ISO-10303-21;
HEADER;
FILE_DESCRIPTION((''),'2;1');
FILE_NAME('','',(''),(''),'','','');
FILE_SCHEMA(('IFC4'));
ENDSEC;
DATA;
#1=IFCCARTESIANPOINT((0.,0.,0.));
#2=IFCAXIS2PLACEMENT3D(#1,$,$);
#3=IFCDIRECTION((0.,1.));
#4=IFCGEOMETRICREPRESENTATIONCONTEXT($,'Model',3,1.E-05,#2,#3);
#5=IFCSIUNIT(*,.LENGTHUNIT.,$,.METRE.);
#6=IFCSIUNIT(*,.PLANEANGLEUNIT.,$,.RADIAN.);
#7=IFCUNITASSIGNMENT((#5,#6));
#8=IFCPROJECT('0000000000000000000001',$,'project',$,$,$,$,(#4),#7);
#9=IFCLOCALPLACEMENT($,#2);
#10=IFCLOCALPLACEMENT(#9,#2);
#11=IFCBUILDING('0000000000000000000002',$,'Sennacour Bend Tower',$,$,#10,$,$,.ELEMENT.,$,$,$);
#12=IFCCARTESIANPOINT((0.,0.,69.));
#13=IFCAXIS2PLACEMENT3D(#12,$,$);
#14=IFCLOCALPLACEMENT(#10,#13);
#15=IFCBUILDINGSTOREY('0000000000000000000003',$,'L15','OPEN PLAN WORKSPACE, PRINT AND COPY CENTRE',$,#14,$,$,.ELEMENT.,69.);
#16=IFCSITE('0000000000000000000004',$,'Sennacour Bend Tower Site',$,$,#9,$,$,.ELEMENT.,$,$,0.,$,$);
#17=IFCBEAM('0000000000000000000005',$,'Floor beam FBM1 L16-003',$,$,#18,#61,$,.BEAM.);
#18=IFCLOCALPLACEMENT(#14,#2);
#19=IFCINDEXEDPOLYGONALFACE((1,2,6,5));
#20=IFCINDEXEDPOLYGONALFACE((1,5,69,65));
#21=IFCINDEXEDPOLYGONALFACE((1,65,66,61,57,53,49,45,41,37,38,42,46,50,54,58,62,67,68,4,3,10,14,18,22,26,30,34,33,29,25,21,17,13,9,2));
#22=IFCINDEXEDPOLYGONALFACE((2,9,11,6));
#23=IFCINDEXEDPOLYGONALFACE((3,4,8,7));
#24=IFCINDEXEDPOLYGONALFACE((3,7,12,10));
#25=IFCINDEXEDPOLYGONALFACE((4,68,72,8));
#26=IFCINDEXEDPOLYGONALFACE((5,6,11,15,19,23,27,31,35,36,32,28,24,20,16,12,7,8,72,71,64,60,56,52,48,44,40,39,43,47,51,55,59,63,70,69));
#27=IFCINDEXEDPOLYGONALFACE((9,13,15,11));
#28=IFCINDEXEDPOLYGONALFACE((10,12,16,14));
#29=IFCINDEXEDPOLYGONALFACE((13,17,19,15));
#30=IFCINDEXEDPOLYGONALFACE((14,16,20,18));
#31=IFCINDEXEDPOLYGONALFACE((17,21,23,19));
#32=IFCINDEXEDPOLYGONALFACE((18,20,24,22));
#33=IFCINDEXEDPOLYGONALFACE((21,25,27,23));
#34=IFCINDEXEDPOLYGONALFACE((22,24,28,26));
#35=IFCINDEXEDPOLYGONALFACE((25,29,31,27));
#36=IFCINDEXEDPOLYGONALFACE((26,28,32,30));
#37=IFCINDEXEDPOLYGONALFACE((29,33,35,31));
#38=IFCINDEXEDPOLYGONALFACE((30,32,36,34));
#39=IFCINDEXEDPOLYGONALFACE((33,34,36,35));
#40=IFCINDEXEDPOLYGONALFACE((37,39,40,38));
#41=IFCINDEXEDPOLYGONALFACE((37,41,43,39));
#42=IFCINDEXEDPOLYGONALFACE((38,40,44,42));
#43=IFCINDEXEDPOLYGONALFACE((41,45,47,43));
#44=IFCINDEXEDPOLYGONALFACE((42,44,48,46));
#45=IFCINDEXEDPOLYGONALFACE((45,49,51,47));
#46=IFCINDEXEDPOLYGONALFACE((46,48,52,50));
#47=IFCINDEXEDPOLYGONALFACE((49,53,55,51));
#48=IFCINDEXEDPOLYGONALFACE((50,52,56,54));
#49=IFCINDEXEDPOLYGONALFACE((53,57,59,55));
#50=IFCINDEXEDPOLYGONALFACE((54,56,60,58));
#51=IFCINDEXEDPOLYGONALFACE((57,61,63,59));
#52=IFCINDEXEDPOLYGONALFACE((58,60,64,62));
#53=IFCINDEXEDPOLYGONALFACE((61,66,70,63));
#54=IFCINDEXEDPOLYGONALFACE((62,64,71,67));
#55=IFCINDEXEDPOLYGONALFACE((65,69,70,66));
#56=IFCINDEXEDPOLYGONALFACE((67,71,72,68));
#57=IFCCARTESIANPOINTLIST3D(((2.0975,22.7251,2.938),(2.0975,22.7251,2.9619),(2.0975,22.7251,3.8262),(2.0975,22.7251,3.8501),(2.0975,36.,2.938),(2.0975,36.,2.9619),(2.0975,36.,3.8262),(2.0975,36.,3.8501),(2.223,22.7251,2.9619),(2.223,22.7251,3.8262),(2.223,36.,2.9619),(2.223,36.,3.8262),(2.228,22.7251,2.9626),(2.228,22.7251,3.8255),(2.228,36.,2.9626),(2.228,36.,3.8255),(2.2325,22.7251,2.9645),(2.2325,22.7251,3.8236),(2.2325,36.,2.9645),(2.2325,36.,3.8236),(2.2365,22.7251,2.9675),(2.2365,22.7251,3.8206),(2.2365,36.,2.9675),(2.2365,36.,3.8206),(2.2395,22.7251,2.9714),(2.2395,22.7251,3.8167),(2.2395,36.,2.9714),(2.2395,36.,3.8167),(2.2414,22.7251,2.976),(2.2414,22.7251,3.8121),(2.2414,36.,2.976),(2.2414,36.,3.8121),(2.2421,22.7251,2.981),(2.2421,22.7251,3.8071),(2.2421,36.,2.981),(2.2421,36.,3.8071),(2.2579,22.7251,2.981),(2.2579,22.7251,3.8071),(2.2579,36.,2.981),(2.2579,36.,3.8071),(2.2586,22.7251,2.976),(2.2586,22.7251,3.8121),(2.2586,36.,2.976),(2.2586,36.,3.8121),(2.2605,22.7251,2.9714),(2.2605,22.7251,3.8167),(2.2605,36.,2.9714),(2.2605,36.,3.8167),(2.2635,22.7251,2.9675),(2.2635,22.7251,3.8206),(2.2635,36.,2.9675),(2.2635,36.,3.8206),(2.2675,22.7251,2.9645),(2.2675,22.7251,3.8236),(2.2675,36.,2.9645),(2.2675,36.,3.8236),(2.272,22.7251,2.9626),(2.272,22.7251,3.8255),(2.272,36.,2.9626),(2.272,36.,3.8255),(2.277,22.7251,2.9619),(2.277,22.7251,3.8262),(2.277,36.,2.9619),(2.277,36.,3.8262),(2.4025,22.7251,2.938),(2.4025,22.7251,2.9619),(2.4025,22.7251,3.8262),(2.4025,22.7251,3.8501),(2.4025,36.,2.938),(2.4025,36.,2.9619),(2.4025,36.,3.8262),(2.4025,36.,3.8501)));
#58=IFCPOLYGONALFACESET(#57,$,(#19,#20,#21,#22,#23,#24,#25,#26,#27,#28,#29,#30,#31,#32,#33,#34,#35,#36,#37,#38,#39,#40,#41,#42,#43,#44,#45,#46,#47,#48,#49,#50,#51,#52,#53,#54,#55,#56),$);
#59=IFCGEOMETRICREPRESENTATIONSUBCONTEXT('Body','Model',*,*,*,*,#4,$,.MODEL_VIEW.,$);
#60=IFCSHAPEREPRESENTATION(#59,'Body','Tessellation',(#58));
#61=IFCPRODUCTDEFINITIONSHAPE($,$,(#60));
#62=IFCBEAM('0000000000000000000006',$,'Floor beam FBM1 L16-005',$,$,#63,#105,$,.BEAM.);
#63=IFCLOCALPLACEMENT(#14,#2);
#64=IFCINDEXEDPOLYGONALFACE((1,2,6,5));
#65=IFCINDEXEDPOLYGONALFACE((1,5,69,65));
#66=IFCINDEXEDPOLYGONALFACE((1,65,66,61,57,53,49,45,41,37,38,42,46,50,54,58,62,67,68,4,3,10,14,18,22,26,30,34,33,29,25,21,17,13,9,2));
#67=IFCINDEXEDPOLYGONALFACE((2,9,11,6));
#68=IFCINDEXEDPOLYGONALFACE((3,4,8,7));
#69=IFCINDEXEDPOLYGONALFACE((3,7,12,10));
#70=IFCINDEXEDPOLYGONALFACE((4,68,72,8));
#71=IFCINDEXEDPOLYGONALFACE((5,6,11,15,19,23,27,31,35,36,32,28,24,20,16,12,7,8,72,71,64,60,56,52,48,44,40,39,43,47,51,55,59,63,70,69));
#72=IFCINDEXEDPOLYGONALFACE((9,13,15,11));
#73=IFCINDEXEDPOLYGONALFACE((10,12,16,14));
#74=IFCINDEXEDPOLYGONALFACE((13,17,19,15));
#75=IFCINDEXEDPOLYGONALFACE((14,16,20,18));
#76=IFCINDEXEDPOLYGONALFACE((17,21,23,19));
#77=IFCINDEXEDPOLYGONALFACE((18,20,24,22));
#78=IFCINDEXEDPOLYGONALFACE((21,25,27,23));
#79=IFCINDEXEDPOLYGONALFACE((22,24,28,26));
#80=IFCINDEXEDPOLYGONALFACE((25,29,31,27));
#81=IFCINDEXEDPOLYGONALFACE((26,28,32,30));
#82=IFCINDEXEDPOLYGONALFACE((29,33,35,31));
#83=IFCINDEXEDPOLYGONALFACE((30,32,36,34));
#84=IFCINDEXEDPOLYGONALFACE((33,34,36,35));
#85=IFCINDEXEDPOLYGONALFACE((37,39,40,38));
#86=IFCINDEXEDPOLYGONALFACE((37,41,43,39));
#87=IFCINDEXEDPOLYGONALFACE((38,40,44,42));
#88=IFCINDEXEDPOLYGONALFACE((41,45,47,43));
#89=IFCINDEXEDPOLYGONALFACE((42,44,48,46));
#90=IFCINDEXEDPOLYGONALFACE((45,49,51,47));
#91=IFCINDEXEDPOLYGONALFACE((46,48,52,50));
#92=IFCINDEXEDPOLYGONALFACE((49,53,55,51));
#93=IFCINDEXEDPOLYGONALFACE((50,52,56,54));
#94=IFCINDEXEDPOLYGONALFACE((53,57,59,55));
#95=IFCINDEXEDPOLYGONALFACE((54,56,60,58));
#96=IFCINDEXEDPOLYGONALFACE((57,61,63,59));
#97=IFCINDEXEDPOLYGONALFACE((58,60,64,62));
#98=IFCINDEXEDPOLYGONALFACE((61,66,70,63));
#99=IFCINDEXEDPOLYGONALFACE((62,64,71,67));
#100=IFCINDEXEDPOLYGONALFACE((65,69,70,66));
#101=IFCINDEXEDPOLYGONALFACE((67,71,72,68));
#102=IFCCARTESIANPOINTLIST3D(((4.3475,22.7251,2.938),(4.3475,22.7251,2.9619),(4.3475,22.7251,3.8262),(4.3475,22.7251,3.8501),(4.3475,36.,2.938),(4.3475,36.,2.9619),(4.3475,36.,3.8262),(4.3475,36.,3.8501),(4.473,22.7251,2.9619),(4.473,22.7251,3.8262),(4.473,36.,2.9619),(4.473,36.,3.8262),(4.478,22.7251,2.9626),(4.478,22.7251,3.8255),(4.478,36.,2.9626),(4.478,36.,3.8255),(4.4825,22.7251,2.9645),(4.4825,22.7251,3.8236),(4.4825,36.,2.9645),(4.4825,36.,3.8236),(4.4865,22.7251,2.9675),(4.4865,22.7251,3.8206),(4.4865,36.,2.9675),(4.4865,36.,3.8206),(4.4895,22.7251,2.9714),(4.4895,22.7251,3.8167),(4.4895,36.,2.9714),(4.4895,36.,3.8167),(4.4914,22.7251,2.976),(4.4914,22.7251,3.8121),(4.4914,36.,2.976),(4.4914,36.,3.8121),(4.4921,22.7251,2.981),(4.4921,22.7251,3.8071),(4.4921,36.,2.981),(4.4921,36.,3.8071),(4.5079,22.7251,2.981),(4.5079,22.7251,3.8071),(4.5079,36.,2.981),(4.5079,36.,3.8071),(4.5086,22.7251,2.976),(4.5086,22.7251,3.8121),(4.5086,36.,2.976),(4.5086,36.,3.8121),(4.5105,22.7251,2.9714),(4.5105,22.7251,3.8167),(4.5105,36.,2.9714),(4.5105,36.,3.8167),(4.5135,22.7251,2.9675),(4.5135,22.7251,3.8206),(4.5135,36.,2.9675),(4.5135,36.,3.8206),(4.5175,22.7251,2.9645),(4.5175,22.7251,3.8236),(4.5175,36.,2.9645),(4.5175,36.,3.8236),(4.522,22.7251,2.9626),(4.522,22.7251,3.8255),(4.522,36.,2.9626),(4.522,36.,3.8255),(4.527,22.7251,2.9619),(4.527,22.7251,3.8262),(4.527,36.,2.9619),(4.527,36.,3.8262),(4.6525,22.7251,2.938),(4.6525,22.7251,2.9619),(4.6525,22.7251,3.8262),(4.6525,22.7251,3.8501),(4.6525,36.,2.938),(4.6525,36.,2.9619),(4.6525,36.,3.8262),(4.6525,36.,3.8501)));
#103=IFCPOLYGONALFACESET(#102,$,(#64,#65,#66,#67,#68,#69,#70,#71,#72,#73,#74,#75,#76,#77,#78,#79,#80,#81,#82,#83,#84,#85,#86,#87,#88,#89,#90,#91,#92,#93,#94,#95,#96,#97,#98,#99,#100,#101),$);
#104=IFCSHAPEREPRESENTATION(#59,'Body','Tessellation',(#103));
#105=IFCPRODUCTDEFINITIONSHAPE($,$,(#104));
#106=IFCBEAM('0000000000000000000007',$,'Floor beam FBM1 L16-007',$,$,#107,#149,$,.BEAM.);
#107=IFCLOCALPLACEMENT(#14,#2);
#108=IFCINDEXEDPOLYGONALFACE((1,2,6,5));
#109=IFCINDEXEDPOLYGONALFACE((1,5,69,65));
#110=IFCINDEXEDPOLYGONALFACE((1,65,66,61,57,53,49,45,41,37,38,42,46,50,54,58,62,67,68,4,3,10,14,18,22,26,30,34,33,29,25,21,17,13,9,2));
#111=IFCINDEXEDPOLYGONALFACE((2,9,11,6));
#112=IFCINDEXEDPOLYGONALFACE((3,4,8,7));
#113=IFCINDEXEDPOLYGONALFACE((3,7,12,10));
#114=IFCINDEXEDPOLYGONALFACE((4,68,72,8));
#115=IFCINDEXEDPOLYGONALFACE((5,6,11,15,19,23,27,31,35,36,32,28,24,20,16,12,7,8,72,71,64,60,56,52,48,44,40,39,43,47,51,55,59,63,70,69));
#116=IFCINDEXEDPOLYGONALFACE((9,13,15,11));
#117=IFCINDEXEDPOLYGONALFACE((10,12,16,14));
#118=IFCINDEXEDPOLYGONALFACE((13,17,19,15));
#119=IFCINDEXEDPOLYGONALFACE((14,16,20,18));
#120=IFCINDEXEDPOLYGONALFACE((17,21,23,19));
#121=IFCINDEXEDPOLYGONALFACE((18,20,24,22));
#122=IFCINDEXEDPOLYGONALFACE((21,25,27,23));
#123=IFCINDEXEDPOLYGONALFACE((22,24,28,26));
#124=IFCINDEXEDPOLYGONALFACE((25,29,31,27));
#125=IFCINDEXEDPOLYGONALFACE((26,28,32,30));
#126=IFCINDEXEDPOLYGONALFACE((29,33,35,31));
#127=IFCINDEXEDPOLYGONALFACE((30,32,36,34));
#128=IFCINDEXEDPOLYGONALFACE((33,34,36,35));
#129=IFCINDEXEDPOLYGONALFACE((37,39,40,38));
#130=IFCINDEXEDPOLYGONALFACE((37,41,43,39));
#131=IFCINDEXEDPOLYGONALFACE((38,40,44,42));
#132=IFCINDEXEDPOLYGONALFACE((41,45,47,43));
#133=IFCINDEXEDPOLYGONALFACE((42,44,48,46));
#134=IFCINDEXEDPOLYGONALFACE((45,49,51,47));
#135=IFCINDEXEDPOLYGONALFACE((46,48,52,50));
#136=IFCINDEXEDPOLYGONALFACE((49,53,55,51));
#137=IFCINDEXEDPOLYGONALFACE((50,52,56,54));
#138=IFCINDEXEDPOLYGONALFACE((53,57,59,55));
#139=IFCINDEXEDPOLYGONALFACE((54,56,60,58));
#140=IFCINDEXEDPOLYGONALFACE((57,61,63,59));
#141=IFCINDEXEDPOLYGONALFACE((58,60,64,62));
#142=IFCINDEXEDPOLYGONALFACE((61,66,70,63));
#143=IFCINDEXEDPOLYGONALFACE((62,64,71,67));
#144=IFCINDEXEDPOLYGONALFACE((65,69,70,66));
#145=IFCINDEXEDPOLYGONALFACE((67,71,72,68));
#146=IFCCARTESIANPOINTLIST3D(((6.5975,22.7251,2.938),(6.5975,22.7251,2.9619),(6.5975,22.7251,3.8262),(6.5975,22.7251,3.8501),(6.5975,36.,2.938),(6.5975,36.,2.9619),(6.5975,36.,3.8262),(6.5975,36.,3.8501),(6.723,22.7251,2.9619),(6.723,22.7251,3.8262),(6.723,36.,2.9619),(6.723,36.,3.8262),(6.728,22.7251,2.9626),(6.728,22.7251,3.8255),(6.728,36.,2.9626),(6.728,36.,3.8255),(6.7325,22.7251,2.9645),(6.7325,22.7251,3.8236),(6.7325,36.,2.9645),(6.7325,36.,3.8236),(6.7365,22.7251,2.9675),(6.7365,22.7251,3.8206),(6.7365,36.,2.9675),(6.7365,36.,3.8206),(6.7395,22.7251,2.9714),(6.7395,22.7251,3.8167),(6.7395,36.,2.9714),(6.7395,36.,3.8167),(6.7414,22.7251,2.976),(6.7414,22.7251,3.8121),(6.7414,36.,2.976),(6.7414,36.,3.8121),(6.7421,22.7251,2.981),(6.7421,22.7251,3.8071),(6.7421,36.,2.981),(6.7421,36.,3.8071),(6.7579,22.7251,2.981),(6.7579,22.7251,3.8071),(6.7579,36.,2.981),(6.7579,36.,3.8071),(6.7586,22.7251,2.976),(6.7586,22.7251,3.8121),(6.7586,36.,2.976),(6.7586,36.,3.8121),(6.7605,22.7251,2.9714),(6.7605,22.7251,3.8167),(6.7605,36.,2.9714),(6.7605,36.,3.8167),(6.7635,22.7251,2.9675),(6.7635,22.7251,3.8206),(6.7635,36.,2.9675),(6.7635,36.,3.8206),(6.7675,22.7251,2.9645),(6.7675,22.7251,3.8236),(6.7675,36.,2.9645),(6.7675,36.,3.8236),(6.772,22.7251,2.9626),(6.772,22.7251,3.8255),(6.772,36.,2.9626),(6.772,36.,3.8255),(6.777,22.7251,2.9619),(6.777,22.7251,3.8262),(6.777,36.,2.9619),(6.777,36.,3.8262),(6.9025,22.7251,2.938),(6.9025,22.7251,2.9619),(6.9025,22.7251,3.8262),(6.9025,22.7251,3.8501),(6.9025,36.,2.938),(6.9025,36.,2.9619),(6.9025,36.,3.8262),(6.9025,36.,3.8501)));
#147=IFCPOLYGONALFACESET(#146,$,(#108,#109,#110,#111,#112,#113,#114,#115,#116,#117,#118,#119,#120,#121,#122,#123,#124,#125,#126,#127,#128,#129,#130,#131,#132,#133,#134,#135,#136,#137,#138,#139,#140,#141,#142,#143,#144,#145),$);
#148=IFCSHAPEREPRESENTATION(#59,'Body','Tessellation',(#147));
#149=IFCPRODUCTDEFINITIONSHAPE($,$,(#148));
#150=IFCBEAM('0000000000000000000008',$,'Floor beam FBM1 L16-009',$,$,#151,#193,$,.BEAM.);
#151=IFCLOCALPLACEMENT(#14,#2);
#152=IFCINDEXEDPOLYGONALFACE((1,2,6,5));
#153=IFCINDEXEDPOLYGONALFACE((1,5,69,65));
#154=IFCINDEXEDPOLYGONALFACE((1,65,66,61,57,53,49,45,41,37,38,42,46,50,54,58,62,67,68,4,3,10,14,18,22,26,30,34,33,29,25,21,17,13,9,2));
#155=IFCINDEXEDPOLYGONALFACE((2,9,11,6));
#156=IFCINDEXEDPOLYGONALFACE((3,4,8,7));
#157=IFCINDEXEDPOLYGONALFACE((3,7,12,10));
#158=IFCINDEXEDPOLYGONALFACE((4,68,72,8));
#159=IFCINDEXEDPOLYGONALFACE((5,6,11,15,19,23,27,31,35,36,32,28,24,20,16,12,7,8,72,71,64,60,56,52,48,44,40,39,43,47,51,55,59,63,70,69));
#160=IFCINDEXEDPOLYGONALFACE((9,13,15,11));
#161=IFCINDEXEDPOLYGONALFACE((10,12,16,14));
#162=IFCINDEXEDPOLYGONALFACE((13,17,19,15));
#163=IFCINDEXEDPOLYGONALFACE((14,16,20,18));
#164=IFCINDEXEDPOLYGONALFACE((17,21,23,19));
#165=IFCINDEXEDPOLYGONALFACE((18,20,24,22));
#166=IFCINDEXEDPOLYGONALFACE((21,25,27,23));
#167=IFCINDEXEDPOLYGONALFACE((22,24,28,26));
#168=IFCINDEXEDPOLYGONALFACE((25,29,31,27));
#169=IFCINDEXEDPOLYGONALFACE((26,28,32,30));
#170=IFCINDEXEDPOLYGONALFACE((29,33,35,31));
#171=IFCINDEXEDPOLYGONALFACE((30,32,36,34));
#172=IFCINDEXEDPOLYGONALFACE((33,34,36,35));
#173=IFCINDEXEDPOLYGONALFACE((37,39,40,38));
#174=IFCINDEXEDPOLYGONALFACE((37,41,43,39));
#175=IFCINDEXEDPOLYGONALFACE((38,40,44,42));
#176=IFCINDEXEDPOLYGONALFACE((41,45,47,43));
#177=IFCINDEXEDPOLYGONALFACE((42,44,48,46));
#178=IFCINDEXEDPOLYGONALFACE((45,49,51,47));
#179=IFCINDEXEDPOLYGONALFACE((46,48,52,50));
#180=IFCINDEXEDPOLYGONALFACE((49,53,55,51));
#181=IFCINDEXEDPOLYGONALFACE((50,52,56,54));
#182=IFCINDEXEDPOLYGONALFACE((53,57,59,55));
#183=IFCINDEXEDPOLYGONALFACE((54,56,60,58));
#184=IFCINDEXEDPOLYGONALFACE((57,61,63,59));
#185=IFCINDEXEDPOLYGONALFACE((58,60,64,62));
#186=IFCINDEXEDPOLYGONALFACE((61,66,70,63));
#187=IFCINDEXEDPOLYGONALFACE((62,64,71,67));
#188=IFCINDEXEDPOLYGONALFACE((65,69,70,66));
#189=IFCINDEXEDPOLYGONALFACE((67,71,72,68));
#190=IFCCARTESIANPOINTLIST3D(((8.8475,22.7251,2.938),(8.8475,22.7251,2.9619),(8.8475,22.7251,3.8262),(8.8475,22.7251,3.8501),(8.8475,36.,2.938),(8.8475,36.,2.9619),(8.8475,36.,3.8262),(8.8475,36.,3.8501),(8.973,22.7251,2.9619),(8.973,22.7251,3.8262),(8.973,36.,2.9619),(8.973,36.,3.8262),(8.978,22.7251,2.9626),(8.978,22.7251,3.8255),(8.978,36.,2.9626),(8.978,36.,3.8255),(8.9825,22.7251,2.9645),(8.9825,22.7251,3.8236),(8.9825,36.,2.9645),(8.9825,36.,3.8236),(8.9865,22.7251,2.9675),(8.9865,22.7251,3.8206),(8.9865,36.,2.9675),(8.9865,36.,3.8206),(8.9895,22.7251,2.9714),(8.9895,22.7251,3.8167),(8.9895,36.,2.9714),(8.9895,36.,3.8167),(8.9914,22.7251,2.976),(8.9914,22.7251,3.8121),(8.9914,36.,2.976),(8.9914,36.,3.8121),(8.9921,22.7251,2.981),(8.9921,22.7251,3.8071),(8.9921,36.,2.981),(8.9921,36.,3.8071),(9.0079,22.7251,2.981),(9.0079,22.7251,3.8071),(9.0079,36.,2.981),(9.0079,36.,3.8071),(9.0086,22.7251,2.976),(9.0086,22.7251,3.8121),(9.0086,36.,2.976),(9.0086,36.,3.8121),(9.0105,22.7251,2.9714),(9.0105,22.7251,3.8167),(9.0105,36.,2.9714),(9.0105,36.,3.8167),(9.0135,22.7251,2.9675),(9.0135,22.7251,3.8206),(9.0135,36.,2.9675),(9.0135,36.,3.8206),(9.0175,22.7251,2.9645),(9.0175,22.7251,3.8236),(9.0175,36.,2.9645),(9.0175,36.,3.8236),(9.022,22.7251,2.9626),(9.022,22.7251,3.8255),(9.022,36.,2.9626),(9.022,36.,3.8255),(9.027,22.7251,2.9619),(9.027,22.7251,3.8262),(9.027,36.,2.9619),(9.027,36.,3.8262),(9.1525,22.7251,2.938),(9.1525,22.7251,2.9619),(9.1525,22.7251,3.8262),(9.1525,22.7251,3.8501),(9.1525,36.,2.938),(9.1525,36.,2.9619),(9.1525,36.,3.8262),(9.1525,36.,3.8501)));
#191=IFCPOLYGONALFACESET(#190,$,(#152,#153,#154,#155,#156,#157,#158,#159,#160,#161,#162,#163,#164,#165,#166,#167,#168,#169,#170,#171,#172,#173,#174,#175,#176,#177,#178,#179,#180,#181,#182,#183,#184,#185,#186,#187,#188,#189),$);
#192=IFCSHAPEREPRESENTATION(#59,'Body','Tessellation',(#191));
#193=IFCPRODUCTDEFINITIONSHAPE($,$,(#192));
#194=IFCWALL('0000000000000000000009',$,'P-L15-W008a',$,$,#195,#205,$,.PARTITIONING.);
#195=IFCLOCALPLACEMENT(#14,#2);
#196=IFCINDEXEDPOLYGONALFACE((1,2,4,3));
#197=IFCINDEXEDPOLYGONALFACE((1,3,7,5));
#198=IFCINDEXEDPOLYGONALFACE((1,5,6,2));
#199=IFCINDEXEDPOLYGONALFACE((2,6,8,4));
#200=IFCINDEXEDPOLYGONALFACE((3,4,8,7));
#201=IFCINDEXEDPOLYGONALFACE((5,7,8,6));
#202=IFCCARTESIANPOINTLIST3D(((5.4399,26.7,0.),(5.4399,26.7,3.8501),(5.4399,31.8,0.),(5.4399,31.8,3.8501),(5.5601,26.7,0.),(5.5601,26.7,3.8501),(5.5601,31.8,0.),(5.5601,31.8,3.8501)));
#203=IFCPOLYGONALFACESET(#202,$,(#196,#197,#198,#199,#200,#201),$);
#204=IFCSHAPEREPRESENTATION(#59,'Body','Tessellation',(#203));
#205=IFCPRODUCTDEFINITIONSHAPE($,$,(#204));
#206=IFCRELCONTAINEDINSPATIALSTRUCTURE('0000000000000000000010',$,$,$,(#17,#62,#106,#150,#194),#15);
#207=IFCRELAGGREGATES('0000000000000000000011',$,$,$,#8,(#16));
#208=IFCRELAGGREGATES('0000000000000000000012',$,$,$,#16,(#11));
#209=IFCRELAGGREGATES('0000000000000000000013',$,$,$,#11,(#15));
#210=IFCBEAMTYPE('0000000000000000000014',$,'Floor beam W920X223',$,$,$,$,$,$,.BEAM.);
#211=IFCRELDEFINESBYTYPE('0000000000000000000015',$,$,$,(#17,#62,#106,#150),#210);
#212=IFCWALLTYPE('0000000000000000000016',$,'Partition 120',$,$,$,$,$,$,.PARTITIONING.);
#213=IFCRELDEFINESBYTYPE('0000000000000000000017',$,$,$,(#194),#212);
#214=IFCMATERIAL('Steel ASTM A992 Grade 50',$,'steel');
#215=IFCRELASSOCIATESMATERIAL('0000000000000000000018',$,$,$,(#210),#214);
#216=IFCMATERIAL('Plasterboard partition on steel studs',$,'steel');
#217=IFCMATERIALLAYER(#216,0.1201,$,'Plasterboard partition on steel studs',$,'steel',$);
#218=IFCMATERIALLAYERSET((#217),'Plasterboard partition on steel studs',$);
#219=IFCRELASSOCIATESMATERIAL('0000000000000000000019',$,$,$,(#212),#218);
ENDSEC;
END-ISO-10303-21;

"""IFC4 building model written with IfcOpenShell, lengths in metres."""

from ifc_helpers import new_model, si_unit, direction, frame, frame_2d, origin, origin_2d, place, context, subcontext, project, spatial, rectangle, i_section, extrude, material, layer, layer_set, material_profile, profile_set, type_object, element, save


model = new_model("IFC4")

# Units and contexts
model_context = context("Model", 3, precision=1e-05, world=origin(), true_north=direction((0.0, 1.0)))
body_context = subcontext(model_context, "Body", "Model", "MODEL_VIEW")
ifc_project = project(units=[si_unit("LENGTHUNIT", "METRE"), si_unit("PLANEANGLEUNIT", "RADIAN")], contexts=[model_context])

# Site, building, storey
site_placement = place(None, origin())
site = spatial("IfcSite", under=ifc_project, at=site_placement, Name="Sennacour Bend Tower Site", CompositionType="ELEMENT", RefElevation=0.0)
building_placement = place(site_placement, origin())
building = spatial("IfcBuilding", under=site, at=building_placement, Name="Sennacour Bend Tower", CompositionType="ELEMENT")
storey_placement = place(building_placement, frame((0.0, 0.0, 69.0)))
storey = spatial("IfcBuildingStorey", under=building, at=storey_placement, Name="L15", Description="OPEN PLAN WORKSPACE, PRINT AND COPY CENTRE", CompositionType="ELEMENT", Elevation=69.0)

# Beams
ifc_material_1 = material(Name="Steel ASTM A992 Grade 50", Category="steel")
ifc_material_profile = material_profile(ifc_material_1, i_section(OverallWidth=0.3049, OverallDepth=0.9121, WebThickness=0.0159, FlangeThickness=0.0239, FilletRadius=0.019, at=origin_2d()), Name="Steel ASTM A992 Grade 50", Category="steel")
ifc_profile_set = profile_set([ifc_material_profile], Name="Steel ASTM A992 Grade 50")
beam_type = type_object("IfcBeamType", Name="Floor beam W920X223", PredefinedType="BEAM", material=ifc_profile_set)
for number, where, z_axis, x_axis, name in (
    (1, (2.25, 22.7251, 3.394), (0.0, 1.0, 0.0), (-1.0, 0.0, 0.0), "Floor beam FBM1 L16-003"),
    (2, (4.5, 22.7251, 3.394), (0.0, 1.0, 0.0), (-1.0, 0.0, 0.0), "Floor beam FBM1 L16-005"),
    (3, (6.75, 22.7251, 3.394), (0.0, 1.0, 0.0), (-1.0, 0.0, 0.0), "Floor beam FBM1 L16-007"),
    (4, (9.0, 22.7251, 3.394), (0.0, 1.0, 0.0), (-1.0, 0.0, 0.0), "Floor beam FBM1 L16-009"),
):
    element("IfcBeam", number, at=place(storey_placement, frame(where, z_axis=z_axis, x_axis=x_axis)), inside=storey, type_object=beam_type, Name=name, PredefinedType="BEAM", context=body_context, shape_type="SweptSolid", body=[
        extrude(i_section(OverallWidth=0.3049, OverallDepth=0.9121, WebThickness=0.0159, FlangeThickness=0.0239, FilletRadius=0.019, at=origin_2d()), origin(), (0.0, 0.0, 1.0), 13.2749),
    ])

# Wall
ifc_material_2 = material(Name="Plasterboard partition on steel studs", Category="steel")
ifc_layer_1 = layer(ifc_material_2, 0.1201, Name="Plasterboard partition on steel studs", Category="steel")
ifc_layer_set_1 = layer_set([ifc_layer_1], Name="Plasterboard partition on steel studs")
wall_type_1 = type_object("IfcWallType", Name="Partition 120", PredefinedType="PARTITIONING", material=ifc_layer_set_1)
wall_1_placement = place(storey_placement, frame((5.5, 26.7, 0.0), z_axis=(0.0, 0.0, 1.0), x_axis=(0.0, 1.0, 0.0)))
element("IfcWall", 5, at=wall_1_placement, inside=storey, type_object=wall_type_1, Name="P-L15-W008a", PredefinedType="PARTITIONING", context=body_context, shape_type="SweptSolid", body=[
    extrude(rectangle(XDim=5.1001, YDim=0.1201, at=frame_2d((2.55, 0.0))), origin(), (0.0, 0.0, 1.0), 3.8501),
])

save(model, "model.ifc")
